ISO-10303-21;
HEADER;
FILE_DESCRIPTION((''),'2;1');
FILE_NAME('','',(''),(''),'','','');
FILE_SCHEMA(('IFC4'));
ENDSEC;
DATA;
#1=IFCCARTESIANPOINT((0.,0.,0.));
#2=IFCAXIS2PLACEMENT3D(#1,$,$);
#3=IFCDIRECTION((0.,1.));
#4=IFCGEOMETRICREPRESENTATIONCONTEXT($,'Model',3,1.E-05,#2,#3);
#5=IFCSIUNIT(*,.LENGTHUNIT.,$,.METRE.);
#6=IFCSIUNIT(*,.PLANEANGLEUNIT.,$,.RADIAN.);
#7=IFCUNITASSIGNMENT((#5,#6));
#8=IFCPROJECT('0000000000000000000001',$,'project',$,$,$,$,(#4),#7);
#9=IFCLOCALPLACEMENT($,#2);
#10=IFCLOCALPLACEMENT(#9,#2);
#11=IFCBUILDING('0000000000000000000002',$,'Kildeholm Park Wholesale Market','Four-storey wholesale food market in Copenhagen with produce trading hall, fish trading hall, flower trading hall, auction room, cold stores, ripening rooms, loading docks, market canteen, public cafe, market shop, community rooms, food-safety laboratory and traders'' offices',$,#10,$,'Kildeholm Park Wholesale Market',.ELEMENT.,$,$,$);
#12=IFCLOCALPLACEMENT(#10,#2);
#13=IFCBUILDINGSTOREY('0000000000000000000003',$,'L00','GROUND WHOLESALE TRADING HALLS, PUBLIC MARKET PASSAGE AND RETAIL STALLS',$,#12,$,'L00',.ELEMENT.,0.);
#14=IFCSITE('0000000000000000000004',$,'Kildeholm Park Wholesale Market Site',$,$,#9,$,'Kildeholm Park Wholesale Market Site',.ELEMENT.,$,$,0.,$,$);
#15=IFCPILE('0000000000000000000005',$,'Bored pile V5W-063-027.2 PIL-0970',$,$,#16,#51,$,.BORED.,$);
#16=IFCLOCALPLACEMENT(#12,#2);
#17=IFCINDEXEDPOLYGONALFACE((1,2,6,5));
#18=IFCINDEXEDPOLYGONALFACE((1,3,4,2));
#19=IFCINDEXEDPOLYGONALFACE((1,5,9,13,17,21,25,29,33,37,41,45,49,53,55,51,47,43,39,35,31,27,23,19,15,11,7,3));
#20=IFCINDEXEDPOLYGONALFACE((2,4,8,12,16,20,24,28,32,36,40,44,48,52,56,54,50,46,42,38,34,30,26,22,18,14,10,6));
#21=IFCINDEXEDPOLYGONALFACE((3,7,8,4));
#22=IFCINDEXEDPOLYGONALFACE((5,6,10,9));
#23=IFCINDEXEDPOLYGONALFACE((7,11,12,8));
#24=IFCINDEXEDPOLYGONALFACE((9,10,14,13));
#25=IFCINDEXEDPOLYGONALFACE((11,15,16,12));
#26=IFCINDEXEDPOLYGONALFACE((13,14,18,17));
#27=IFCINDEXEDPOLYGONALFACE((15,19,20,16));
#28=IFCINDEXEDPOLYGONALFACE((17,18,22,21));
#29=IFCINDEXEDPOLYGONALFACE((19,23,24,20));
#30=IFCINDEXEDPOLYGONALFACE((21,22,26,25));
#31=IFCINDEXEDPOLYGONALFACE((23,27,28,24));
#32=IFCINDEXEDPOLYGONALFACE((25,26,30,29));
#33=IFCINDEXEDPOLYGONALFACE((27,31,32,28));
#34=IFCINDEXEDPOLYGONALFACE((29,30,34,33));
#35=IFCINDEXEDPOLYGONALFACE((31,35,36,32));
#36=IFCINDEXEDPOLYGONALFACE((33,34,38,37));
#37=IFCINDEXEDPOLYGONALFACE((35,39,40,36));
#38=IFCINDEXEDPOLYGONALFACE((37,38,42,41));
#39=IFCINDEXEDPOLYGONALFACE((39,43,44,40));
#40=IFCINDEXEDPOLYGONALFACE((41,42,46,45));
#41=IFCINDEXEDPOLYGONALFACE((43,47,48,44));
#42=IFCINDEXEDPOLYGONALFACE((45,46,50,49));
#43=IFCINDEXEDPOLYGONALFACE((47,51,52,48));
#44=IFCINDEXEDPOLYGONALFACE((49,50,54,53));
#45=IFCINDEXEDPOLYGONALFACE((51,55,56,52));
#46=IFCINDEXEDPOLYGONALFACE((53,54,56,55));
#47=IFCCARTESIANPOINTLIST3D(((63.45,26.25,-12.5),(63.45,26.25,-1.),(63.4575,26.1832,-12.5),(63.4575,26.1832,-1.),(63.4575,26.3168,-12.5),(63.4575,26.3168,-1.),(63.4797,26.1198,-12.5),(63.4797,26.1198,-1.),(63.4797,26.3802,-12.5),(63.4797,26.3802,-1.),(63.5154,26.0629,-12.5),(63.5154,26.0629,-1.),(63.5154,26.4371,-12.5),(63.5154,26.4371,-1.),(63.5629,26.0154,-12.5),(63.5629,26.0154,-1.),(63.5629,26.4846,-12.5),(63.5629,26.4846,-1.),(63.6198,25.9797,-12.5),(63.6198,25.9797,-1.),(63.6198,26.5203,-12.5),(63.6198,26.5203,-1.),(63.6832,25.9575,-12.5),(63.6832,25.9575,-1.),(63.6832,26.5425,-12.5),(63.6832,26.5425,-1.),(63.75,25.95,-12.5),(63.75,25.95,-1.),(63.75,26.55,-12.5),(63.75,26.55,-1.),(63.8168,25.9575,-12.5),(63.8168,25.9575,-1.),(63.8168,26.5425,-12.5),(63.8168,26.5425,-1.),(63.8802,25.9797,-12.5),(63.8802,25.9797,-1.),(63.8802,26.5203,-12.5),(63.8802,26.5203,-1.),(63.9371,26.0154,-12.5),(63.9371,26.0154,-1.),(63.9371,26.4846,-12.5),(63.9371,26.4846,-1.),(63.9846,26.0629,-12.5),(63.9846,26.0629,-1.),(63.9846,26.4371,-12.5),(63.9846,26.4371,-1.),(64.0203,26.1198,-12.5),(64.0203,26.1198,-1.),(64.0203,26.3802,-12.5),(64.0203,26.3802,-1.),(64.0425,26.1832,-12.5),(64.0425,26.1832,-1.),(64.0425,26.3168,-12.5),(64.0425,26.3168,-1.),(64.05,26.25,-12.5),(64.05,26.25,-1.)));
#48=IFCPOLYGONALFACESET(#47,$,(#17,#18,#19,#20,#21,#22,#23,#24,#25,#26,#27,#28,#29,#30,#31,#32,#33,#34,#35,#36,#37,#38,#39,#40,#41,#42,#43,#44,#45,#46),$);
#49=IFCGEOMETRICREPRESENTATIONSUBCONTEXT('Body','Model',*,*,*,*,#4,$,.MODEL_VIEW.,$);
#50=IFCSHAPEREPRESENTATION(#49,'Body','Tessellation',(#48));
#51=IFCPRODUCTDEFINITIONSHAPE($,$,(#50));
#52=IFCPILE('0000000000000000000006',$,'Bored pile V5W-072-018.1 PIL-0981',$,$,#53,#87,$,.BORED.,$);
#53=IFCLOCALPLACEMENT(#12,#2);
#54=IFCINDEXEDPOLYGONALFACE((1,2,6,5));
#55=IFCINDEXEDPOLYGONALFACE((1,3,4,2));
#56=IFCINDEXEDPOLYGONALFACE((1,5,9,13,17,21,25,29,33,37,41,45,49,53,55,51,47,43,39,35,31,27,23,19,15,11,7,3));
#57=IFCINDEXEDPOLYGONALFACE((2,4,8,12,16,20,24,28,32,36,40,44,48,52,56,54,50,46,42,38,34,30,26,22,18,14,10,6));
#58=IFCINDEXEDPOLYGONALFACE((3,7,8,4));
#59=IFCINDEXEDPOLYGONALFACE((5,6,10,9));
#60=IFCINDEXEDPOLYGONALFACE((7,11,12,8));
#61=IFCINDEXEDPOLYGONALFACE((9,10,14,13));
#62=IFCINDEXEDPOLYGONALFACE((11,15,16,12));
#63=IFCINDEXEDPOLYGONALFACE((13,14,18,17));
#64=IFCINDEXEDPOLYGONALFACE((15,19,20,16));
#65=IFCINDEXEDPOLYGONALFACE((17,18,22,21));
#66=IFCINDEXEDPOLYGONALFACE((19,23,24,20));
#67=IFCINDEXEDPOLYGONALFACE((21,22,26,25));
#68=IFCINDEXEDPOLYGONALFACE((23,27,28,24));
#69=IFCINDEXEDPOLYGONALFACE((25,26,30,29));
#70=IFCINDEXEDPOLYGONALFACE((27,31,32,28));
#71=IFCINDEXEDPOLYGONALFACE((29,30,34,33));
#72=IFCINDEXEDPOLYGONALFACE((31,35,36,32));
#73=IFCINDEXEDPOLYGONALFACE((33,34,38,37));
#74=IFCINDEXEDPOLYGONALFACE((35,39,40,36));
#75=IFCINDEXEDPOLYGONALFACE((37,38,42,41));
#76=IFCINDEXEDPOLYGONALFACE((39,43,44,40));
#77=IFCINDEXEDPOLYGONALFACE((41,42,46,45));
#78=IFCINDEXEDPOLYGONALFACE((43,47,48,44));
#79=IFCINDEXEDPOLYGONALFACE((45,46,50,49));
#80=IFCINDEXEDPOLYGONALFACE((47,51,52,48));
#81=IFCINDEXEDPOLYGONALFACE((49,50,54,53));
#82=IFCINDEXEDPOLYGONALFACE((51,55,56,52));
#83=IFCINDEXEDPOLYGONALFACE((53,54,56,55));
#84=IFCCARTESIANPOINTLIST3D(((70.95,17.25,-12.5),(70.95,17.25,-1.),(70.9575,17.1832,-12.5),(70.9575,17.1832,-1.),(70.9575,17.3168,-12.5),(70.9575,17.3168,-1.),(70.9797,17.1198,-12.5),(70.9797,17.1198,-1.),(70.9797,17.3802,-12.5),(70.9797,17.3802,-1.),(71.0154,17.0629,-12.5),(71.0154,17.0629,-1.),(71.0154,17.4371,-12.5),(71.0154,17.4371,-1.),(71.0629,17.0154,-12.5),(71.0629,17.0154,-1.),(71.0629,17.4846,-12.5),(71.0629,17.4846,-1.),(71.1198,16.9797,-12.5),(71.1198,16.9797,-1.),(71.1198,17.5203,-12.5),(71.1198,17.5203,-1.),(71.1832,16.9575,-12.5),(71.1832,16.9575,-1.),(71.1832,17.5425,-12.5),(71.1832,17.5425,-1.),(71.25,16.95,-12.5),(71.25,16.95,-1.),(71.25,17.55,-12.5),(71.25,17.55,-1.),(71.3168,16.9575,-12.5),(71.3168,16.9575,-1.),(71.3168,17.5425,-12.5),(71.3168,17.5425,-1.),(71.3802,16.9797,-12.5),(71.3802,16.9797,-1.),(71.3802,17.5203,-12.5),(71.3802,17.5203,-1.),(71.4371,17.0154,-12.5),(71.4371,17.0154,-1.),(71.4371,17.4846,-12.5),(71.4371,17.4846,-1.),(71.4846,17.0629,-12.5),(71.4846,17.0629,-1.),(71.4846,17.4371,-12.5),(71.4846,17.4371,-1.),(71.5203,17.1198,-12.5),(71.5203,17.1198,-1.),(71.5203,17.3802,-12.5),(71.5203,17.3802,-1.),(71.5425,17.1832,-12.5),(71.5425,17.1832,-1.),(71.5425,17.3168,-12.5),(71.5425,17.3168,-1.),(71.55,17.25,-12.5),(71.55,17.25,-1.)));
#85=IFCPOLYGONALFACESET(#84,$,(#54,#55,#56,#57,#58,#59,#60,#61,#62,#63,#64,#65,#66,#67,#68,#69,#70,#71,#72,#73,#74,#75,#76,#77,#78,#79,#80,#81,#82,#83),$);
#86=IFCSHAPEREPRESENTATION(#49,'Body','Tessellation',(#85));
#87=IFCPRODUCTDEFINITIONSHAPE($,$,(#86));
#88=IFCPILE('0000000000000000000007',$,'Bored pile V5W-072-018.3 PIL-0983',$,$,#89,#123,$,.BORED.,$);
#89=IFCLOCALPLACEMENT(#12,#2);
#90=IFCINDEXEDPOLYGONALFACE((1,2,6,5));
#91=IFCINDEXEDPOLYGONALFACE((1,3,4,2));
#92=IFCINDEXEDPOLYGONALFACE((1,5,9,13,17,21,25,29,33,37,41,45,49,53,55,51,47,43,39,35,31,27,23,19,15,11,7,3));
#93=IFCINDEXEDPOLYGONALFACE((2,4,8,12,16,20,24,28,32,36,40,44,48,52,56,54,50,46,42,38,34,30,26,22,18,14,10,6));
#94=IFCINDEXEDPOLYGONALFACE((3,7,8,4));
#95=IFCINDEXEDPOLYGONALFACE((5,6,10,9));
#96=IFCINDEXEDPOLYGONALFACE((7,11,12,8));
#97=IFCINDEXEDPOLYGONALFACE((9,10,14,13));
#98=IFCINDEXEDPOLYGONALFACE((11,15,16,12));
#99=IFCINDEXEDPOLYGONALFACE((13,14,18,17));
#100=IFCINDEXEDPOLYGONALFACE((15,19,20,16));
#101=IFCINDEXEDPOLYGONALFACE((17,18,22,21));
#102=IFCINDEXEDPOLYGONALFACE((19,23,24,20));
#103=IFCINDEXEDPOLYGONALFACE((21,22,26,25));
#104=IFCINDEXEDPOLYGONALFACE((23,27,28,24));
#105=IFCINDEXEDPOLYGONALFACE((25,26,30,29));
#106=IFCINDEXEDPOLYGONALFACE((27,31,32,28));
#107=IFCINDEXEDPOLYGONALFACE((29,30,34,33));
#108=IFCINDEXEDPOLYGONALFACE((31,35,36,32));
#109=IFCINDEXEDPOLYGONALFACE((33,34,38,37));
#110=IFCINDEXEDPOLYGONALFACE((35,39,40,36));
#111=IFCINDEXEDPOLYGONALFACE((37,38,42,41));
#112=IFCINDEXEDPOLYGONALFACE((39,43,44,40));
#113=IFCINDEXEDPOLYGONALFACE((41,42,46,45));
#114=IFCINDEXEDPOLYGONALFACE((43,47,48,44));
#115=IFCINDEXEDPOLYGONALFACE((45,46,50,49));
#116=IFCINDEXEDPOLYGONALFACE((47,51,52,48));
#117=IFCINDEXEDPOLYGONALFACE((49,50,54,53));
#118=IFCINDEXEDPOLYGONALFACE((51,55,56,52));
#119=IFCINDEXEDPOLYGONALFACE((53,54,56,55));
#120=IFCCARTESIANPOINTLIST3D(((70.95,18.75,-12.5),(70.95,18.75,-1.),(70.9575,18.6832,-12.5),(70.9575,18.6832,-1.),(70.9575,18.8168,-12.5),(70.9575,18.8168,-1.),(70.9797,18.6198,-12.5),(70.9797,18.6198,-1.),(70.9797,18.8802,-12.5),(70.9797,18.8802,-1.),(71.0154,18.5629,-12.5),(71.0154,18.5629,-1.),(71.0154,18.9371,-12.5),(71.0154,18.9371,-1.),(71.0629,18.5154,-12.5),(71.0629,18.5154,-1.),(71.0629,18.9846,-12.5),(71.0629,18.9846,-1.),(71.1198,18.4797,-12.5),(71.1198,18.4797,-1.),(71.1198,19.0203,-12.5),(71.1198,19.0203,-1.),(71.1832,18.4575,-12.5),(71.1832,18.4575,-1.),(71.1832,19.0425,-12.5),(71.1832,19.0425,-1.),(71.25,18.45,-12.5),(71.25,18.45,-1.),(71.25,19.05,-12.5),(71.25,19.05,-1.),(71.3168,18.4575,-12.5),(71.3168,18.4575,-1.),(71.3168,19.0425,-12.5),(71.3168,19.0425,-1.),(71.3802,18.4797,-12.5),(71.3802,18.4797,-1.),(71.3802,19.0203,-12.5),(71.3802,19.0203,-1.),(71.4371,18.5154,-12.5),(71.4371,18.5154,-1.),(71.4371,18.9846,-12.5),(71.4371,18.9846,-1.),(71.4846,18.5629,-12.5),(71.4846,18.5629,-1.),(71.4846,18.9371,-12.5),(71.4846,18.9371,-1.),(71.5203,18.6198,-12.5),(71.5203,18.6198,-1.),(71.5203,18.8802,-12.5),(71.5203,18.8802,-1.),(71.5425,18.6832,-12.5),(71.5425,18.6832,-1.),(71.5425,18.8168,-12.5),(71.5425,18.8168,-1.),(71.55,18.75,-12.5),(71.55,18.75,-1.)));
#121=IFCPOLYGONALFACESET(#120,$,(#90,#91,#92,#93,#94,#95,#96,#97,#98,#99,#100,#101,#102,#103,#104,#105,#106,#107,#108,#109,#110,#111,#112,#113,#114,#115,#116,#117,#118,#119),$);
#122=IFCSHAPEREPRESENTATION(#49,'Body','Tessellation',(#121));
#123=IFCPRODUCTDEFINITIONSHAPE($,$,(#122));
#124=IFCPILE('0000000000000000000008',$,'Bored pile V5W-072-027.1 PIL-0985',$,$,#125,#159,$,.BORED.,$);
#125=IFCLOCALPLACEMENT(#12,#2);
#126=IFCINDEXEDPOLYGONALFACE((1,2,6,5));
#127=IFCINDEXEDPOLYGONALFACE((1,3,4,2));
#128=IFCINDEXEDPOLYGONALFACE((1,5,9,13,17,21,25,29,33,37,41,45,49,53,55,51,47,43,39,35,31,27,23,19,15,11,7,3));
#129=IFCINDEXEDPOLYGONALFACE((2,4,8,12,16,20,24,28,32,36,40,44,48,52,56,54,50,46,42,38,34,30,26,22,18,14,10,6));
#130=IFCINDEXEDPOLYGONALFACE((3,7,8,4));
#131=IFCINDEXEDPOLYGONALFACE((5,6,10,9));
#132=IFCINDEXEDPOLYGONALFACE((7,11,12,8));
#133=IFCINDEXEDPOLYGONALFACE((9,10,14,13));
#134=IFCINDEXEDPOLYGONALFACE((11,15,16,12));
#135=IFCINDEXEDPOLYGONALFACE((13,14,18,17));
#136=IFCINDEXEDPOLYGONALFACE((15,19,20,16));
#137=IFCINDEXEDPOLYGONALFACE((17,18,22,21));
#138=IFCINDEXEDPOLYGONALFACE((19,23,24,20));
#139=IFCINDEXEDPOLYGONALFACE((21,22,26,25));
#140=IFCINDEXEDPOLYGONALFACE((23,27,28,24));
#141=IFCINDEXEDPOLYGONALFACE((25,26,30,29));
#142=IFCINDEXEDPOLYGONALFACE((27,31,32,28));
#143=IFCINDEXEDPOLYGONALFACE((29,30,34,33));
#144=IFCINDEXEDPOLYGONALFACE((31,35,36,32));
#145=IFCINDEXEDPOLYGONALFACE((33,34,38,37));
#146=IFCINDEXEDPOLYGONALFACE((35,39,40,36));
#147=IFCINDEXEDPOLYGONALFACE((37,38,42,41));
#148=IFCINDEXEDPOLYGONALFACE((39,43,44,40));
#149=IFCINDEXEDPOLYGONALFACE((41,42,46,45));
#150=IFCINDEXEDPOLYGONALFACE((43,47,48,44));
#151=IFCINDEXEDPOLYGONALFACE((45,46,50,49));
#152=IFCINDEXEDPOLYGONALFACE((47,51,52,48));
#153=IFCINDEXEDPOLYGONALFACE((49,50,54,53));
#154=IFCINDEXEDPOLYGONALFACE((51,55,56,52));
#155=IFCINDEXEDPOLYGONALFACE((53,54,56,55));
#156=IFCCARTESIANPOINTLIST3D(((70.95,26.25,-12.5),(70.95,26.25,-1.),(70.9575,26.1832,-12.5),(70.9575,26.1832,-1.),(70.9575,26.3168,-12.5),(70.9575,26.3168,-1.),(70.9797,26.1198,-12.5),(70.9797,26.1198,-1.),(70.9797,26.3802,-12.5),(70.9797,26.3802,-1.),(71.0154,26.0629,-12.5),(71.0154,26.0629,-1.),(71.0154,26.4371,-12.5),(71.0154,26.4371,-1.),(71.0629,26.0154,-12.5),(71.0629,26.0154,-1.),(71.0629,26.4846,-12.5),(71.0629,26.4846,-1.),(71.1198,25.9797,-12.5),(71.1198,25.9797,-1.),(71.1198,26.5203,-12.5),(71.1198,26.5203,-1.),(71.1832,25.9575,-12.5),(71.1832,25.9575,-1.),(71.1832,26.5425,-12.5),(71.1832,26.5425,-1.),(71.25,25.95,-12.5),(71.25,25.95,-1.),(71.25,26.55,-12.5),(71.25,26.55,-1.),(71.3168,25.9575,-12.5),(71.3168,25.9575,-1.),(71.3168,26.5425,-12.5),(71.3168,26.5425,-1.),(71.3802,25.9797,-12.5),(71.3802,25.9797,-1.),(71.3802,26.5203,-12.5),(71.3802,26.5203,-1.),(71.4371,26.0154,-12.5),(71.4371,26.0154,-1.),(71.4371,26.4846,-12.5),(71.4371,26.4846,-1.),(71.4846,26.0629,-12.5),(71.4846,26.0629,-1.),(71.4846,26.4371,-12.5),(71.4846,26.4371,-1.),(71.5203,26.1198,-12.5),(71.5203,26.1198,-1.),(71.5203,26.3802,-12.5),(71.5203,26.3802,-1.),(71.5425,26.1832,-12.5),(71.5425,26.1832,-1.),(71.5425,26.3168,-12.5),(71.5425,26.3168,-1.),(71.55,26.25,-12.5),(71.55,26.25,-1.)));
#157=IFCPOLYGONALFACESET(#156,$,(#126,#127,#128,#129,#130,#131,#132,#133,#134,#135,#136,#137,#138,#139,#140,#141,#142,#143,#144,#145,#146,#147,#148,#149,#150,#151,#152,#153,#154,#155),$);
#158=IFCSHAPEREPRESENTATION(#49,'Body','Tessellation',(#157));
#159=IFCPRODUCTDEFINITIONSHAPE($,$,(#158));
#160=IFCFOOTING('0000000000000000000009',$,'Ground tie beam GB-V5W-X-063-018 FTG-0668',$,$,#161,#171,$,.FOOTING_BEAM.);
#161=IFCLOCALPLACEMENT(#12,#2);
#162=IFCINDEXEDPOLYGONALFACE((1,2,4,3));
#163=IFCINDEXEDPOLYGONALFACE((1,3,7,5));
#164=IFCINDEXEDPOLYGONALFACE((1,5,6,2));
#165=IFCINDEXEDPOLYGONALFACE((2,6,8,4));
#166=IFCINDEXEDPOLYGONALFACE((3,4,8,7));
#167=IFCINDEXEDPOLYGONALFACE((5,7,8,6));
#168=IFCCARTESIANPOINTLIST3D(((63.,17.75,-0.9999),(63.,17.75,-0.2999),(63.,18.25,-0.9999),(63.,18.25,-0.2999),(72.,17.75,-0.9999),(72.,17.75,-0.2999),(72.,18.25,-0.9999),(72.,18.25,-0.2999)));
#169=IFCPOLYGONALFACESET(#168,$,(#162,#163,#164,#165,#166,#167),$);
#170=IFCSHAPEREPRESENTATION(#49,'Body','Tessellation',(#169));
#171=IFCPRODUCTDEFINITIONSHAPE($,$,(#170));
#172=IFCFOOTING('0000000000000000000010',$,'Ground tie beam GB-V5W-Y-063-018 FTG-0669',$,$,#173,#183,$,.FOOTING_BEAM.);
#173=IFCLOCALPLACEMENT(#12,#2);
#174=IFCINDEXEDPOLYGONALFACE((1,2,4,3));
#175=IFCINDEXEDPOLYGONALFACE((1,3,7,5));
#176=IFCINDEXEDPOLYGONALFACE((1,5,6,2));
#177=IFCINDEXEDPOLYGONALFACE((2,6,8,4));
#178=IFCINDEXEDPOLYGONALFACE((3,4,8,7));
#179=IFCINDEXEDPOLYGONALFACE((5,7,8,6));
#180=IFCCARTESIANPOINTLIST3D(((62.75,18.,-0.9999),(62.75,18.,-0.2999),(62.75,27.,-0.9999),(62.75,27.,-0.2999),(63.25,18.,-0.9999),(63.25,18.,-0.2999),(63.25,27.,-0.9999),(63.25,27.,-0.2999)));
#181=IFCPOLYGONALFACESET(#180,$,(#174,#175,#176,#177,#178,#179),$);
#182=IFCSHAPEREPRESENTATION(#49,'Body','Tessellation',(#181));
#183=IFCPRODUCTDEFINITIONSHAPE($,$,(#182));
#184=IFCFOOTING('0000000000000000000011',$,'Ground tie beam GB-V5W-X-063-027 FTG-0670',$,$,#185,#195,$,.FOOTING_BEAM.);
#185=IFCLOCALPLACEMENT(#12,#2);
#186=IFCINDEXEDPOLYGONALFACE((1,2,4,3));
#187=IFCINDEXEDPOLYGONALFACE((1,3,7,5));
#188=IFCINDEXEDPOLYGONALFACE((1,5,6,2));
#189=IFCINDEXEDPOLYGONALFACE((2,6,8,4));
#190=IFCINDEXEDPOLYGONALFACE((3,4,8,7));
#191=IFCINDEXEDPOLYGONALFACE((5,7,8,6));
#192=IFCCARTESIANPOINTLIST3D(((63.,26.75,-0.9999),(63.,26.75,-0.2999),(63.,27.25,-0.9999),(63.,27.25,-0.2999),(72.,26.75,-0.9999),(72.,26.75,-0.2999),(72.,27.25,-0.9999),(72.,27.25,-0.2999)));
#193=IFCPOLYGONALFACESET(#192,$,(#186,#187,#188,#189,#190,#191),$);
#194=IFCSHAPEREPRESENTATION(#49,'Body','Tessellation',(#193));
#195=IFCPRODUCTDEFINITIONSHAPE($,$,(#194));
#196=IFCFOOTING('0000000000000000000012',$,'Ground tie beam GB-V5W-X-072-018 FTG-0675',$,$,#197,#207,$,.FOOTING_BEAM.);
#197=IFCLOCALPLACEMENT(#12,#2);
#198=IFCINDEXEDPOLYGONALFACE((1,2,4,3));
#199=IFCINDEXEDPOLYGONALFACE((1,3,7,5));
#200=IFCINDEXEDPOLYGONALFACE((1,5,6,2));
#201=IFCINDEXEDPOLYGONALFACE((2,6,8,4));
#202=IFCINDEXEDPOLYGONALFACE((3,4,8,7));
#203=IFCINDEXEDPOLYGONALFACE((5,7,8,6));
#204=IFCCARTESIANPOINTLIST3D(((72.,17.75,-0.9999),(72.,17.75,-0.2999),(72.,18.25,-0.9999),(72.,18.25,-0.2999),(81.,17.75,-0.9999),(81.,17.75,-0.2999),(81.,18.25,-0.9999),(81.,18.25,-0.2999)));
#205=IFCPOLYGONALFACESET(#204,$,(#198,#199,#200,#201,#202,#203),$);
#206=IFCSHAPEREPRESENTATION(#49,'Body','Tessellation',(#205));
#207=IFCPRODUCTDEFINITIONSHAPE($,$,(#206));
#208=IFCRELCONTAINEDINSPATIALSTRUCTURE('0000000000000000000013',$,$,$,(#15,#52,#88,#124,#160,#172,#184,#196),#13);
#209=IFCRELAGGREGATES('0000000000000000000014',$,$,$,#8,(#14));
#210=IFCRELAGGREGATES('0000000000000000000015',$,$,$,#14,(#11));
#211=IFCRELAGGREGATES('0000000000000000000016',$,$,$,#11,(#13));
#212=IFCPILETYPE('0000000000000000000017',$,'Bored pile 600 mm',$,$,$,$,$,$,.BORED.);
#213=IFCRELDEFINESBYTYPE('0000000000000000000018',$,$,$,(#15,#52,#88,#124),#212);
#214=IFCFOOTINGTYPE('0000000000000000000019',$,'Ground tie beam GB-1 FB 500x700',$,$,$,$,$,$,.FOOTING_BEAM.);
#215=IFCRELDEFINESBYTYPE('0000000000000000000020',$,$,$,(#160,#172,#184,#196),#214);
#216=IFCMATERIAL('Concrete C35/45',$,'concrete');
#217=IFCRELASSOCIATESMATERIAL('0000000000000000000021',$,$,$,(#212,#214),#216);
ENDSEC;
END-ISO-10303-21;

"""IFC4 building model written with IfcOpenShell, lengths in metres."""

from ifc_helpers import new_model, si_unit, direction, frame, origin, origin_2d, place, context, subcontext, project, spatial, rectangle, circle, extrude, material, material_profile, profile_set, type_object, element, save


model = new_model("IFC4")

# Units and contexts
model_context = context("Model", 3, precision=1e-05, world=origin(), true_north=direction((0.0, 1.0)))
body_context = subcontext(model_context, "Body", "Model", "MODEL_VIEW")
ifc_project = project(units=[si_unit("LENGTHUNIT", "METRE"), si_unit("PLANEANGLEUNIT", "RADIAN")], contexts=[model_context])

# Site, building, storey
site_placement = place(None, origin())
site = spatial("IfcSite", under=ifc_project, at=site_placement, Name="Kildeholm Park Wholesale Market Site", LongName="Kildeholm Park Wholesale Market Site", CompositionType="ELEMENT", RefElevation=0.0)
building_placement = place(site_placement, origin())
building = spatial("IfcBuilding", under=site, at=building_placement, Name="Kildeholm Park Wholesale Market", Description="Four-storey wholesale food market in Copenhagen with produce trading hall, fish trading hall, flower trading hall, auction room, cold stores, ripening rooms, loading docks, market canteen, public cafe, market shop, community rooms, food-safety laboratory and traders' offices", LongName="Kildeholm Park Wholesale Market", CompositionType="ELEMENT")
storey_placement = place(building_placement, origin())
storey = spatial("IfcBuildingStorey", under=building, at=storey_placement, Name="L00", Description="GROUND WHOLESALE TRADING HALLS, PUBLIC MARKET PASSAGE AND RETAIL STALLS", LongName="L00", CompositionType="ELEMENT", Elevation=0.0)

# Piles
ifc_material_1 = material(Name="Concrete C35/45", Category="concrete")
ifc_material_profile_1 = material_profile(ifc_material_1, circle(Radius=0.3, at=origin_2d()), Name="PILE D600")
ifc_profile_set_1 = profile_set([ifc_material_profile_1], Name="Concrete C35/45")
pile_type = type_object("IfcPileType", Name="Bored pile 600 mm", PredefinedType="BORED", material=ifc_profile_set_1)
for number, where, z_axis, x_axis, name in (
    (1, (63.75, 26.25, -1.0), (0.0, 0.0, -1.0), (1.0, 0.0, 0.0), "Bored pile V5W-063-027.2 PIL-0970"),
    (2, (71.25, 17.25, -1.0), (0.0, 0.0, -1.0), (1.0, 0.0, 0.0), "Bored pile V5W-072-018.1 PIL-0981"),
    (3, (71.25, 18.75, -1.0), (0.0, 0.0, -1.0), (1.0, 0.0, 0.0), "Bored pile V5W-072-018.3 PIL-0983"),
    (4, (71.25, 26.25, -1.0), (0.0, 0.0, -1.0), (1.0, 0.0, 0.0), "Bored pile V5W-072-027.1 PIL-0985"),
):
    element("IfcPile", number, at=place(storey_placement, frame(where, z_axis=z_axis, x_axis=x_axis)), inside=storey, type_object=pile_type, Name=name, PredefinedType="BORED", context=body_context, shape_type="SweptSolid", body=[
        extrude(circle(Radius=0.3, at=origin_2d()), origin(), (0.0, 0.0, 1.0), 11.5),
    ])

# Footings
ifc_material_profile_2 = material_profile(ifc_material_1, rectangle(XDim=0.5, YDim=0.7, at=origin_2d()), Name="FB 500x700")
ifc_profile_set_2 = profile_set([ifc_material_profile_2], Name="Concrete C35/45")
footing_type_1 = type_object("IfcFootingType", Name="Ground tie beam GB-1 FB 500x700", PredefinedType="FOOTING_BEAM", material=ifc_profile_set_2)
for number, where, z_axis, x_axis, name in (
    (5, (63.0, 18.0, -0.6499), (1.0, 0.0, 0.0), (0.0, 1.0, 0.0), "Ground tie beam GB-V5W-X-063-018 FTG-0668"),
    (6, (63.0, 18.0, -0.6499), (0.0, 1.0, 0.0), (-1.0, 0.0, 0.0), "Ground tie beam GB-V5W-Y-063-018 FTG-0669"),
    (7, (63.0, 27.0, -0.6499), (1.0, 0.0, 0.0), (0.0, 1.0, 0.0), "Ground tie beam GB-V5W-X-063-027 FTG-0670"),
    (8, (72.0, 18.0, -0.6499), (1.0, 0.0, 0.0), (0.0, 1.0, 0.0), "Ground tie beam GB-V5W-X-072-018 FTG-0675"),
):
    element("IfcFooting", number, at=place(storey_placement, frame(where, z_axis=z_axis, x_axis=x_axis)), inside=storey, type_object=footing_type_1, Name=name, PredefinedType="FOOTING_BEAM", context=body_context, shape_type="SweptSolid", body=[
        extrude(rectangle(XDim=0.5, YDim=0.7, at=origin_2d()), origin(), (0.0, 0.0, 1.0), 9.0),
    ])

save(model, "model.ifc")
